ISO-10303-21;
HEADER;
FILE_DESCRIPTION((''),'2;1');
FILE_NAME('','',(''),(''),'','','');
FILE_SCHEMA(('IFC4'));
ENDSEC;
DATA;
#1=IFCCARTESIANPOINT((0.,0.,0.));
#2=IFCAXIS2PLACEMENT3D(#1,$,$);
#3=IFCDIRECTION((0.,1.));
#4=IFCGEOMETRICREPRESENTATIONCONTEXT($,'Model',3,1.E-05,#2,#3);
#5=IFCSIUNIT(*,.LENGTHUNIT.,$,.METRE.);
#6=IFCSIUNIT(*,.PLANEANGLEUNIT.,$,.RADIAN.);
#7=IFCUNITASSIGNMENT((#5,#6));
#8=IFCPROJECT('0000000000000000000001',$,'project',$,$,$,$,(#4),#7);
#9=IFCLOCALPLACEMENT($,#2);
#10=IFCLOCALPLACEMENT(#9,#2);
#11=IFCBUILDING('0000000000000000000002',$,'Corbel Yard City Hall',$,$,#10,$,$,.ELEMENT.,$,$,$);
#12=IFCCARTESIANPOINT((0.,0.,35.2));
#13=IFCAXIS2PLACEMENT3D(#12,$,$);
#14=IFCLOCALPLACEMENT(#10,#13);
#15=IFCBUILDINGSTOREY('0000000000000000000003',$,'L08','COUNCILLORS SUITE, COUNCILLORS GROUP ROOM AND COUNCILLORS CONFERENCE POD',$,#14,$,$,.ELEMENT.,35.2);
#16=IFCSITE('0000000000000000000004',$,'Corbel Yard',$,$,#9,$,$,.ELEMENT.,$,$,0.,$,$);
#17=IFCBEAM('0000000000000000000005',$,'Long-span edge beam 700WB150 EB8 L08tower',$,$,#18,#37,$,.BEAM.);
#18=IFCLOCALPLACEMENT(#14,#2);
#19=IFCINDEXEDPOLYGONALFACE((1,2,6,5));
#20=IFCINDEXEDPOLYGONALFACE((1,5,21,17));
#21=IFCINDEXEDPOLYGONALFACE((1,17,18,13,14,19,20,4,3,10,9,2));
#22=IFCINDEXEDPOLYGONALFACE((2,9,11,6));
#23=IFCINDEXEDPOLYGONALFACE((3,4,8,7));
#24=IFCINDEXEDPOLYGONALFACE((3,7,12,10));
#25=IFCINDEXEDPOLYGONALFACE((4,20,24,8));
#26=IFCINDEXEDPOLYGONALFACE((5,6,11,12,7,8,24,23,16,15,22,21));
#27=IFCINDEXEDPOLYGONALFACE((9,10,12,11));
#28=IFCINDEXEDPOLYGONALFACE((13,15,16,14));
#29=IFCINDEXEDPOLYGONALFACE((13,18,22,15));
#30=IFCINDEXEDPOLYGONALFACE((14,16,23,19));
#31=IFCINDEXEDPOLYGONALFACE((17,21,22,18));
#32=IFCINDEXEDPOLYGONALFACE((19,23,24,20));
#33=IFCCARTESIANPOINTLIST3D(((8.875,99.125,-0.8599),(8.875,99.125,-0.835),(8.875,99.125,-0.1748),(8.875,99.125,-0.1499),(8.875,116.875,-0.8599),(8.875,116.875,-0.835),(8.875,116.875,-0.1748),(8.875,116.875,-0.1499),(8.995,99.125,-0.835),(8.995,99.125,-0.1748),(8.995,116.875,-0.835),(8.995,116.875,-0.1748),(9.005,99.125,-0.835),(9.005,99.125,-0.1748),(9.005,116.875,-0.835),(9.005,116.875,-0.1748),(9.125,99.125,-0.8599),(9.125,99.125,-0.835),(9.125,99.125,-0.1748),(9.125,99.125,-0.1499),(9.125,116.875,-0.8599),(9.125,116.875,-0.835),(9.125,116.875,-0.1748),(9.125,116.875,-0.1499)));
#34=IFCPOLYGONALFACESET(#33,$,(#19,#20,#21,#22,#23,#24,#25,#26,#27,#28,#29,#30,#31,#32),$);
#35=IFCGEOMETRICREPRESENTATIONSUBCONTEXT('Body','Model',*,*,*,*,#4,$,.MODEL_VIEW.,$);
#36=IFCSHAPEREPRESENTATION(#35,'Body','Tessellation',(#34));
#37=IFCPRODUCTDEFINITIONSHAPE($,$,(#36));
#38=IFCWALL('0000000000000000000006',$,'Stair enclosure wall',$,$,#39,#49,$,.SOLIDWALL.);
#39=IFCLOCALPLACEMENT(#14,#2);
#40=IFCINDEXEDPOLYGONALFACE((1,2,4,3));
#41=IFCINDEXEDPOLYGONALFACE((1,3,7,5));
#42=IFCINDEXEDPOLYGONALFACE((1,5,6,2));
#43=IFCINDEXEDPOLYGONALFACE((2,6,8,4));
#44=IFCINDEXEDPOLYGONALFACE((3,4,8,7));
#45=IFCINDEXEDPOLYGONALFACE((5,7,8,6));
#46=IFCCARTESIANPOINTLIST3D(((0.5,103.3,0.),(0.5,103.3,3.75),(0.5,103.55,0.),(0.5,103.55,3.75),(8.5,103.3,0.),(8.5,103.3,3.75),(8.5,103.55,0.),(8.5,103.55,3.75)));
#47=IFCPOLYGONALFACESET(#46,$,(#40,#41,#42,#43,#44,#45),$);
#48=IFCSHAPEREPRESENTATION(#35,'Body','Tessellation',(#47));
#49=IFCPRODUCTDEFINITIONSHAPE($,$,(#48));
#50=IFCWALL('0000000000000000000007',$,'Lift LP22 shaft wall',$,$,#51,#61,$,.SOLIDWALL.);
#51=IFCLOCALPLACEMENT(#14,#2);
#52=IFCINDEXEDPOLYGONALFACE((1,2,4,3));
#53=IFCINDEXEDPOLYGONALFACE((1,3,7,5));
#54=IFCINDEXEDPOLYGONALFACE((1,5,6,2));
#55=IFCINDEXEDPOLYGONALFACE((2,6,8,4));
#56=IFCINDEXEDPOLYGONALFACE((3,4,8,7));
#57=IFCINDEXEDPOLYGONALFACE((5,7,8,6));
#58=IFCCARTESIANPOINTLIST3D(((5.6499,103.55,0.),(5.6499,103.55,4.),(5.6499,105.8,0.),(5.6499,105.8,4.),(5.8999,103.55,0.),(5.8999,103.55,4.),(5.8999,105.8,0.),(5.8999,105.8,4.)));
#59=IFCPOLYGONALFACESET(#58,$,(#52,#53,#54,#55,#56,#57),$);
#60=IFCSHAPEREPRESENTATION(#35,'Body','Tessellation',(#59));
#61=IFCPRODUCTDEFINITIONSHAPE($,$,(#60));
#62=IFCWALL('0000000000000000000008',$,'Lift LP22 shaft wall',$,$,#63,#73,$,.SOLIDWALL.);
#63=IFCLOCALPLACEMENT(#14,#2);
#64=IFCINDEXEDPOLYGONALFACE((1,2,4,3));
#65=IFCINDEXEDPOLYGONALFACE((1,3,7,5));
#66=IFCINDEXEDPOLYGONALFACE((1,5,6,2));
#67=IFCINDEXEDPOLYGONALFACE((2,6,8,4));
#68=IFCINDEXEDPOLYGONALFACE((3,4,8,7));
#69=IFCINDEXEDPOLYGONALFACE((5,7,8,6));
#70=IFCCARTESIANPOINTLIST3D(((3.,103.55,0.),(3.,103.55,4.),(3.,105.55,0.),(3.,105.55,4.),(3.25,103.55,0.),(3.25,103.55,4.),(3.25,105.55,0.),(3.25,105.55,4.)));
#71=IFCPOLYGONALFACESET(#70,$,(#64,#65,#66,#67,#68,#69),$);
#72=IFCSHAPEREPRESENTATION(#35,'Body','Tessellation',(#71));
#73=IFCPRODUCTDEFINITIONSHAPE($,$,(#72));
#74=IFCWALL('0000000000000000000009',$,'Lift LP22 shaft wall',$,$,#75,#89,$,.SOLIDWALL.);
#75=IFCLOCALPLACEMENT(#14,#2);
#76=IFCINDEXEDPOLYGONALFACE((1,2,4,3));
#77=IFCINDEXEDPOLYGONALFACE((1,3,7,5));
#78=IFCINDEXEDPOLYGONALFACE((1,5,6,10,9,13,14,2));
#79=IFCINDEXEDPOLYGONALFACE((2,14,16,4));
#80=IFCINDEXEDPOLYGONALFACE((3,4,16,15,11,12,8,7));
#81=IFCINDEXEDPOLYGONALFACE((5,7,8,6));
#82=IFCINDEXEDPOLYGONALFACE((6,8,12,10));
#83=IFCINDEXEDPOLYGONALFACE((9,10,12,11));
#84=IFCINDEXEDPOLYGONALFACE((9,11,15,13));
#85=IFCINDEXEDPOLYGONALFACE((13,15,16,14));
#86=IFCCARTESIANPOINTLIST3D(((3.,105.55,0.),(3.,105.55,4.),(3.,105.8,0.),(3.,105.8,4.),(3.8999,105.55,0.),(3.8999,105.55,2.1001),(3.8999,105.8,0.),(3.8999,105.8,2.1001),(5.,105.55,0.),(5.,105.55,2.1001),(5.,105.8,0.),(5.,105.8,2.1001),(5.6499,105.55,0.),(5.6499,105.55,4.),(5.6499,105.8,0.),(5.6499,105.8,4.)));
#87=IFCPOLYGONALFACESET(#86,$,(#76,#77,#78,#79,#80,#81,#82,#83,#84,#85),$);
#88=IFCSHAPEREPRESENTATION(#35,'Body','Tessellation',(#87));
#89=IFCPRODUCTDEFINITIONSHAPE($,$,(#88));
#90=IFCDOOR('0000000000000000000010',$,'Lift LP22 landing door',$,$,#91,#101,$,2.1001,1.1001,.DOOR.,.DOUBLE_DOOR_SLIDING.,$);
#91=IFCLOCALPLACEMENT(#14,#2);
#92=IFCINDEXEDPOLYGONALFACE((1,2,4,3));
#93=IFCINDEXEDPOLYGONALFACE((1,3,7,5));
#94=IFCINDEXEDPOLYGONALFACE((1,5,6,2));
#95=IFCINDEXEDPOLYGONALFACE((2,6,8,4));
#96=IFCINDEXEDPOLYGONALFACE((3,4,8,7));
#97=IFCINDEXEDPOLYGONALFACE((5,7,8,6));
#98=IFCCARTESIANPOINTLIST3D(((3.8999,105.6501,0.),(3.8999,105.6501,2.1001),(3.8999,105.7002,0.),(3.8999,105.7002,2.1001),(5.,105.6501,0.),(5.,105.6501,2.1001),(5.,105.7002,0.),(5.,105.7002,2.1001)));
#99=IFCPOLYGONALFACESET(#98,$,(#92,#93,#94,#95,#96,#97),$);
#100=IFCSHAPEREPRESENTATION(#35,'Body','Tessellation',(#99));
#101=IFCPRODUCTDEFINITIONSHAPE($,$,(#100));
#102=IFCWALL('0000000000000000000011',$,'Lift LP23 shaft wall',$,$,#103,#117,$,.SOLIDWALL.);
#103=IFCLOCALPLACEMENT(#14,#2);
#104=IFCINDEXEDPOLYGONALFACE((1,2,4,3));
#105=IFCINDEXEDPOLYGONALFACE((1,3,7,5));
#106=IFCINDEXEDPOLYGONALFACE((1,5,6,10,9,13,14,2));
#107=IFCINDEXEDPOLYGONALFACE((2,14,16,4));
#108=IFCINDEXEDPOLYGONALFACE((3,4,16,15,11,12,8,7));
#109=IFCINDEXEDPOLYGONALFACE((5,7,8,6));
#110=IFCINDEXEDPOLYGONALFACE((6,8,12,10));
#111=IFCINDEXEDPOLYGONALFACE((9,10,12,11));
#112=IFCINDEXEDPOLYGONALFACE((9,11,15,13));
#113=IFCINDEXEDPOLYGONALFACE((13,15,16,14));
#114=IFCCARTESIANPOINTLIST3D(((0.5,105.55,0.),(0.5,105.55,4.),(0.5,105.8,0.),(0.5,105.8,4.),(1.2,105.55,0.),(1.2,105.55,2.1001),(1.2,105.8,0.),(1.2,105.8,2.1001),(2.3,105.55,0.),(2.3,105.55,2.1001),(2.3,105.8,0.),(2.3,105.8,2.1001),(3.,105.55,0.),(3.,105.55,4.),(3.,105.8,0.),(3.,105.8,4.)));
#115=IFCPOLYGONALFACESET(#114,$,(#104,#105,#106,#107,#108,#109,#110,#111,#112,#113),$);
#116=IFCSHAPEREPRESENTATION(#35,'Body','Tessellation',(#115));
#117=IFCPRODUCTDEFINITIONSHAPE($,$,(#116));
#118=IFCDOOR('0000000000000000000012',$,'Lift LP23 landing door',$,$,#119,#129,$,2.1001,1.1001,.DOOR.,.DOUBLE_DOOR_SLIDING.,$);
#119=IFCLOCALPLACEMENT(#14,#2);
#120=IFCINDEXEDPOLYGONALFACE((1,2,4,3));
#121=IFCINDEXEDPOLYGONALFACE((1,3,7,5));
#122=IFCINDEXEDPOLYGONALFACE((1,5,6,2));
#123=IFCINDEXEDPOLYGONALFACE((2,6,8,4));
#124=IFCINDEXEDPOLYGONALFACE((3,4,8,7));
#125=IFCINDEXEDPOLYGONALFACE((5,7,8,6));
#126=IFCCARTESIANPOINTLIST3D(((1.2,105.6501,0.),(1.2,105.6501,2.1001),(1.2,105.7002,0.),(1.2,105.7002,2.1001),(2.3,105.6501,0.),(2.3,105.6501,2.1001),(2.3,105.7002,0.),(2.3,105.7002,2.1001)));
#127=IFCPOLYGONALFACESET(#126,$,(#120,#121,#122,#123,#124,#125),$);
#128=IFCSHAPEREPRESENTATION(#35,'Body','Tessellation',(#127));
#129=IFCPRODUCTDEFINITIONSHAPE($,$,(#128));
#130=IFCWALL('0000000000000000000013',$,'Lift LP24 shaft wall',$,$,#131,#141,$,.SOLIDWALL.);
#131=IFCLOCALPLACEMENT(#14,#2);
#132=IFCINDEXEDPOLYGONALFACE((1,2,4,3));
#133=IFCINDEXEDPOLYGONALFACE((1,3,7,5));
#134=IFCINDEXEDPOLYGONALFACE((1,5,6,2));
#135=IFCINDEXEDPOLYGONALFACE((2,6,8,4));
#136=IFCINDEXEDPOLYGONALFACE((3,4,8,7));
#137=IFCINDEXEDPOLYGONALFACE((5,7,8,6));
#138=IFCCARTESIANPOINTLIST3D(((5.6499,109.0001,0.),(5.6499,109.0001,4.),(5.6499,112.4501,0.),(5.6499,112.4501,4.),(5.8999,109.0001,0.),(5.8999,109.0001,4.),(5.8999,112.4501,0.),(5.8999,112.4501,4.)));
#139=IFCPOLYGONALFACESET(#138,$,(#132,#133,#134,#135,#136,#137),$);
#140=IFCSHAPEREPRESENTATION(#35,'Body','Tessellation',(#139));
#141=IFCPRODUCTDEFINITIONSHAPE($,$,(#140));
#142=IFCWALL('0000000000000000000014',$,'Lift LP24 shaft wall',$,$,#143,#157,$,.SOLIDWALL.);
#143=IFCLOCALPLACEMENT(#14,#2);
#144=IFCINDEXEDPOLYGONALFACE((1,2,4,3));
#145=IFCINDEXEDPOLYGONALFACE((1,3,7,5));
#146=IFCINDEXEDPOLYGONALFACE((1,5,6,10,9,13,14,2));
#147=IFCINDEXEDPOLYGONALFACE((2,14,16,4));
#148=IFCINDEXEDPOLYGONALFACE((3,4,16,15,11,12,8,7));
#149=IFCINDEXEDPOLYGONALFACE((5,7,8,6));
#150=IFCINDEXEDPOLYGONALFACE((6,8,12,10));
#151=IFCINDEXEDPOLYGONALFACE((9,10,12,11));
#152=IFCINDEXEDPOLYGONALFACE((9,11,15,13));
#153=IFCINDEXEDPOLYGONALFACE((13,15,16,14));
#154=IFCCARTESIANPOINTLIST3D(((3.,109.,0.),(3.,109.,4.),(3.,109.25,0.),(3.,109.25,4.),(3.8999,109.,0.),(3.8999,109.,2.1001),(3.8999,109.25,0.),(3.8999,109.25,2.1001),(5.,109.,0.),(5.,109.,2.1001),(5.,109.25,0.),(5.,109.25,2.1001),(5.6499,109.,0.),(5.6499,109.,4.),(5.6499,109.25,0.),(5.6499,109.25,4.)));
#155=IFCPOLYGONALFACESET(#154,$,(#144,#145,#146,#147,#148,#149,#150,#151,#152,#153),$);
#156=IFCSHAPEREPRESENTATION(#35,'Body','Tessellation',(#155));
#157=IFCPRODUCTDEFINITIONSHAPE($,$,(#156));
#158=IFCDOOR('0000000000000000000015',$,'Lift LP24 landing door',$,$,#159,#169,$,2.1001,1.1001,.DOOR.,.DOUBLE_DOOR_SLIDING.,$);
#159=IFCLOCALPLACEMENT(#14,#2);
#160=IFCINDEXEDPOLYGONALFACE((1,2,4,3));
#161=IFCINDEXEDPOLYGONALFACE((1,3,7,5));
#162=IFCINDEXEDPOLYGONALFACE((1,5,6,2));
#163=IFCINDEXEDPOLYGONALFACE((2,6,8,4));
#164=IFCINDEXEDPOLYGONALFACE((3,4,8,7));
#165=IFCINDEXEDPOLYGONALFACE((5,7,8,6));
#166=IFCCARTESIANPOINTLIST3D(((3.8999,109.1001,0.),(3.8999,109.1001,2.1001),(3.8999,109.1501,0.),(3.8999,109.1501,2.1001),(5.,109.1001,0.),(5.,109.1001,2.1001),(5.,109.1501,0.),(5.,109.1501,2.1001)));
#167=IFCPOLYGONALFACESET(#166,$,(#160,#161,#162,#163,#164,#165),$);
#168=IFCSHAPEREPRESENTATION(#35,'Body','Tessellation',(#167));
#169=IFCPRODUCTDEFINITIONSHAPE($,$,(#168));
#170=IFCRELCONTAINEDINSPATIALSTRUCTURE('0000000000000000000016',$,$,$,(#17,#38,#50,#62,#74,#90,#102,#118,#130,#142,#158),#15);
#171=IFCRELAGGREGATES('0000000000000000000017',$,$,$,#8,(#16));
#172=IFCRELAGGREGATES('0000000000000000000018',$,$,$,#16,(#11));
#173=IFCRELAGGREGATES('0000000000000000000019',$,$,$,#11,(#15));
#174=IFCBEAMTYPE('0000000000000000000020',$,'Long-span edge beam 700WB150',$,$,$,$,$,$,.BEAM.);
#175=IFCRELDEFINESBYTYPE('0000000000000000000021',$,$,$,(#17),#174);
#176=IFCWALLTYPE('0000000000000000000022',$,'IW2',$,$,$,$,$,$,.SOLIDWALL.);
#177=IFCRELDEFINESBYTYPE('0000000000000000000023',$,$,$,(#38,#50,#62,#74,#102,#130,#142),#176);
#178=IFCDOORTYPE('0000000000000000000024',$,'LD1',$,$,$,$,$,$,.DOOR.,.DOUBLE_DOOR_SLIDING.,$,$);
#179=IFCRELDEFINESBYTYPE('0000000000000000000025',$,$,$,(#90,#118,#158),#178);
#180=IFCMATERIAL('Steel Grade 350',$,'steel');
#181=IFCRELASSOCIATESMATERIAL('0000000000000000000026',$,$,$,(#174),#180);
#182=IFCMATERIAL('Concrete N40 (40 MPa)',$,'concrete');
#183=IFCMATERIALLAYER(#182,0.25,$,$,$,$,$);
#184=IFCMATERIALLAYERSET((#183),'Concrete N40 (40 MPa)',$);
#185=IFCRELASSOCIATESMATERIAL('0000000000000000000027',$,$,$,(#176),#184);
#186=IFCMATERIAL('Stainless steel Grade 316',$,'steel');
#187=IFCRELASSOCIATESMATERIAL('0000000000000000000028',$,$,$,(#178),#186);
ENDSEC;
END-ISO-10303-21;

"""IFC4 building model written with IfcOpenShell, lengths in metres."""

from ifc_helpers import new_model, si_unit, direction, frame, frame_2d, origin, origin_2d, place, context, subcontext, project, spatial, rectangle, i_section, extrude, material, layer, layer_set, material_profile, profile_set, type_object, element, fill, save


model = new_model("IFC4")

# Units and contexts
model_context = context("Model", 3, precision=1e-05, world=origin(), true_north=direction((0.0, 1.0)))
body_context = subcontext(model_context, "Body", "Model", "MODEL_VIEW")
ifc_project = project(units=[si_unit("LENGTHUNIT", "METRE"), si_unit("PLANEANGLEUNIT", "RADIAN")], contexts=[model_context])

# Site, building, storey
site_placement = place(None, origin())
site = spatial("IfcSite", under=ifc_project, at=site_placement, Name="Corbel Yard", CompositionType="ELEMENT", RefElevation=0.0)
building_placement = place(site_placement, origin())
building = spatial("IfcBuilding", under=site, at=building_placement, Name="Corbel Yard City Hall", CompositionType="ELEMENT")
storey_placement = place(building_placement, frame((0.0, 0.0, 35.2)))
storey = spatial("IfcBuildingStorey", under=building, at=storey_placement, Name="L08", Description="COUNCILLORS SUITE, COUNCILLORS GROUP ROOM AND COUNCILLORS CONFERENCE POD", CompositionType="ELEMENT", Elevation=35.2)

# Beam
ifc_material_1 = material(Name="Steel Grade 350", Category="steel")
ifc_material_profile = material_profile(ifc_material_1, i_section(OverallWidth=0.25, OverallDepth=0.71, WebThickness=0.01, FlangeThickness=0.0249, at=origin_2d()), Name="700WB150")
ifc_profile_set = profile_set([ifc_material_profile], Name="Steel Grade 350")
beam_type = type_object("IfcBeamType", Name="Long-span edge beam 700WB150", PredefinedType="BEAM", material=ifc_profile_set)
beam_placement = place(storey_placement, frame((9.0, 99.125, -0.5049), z_axis=(0.0, 1.0, 0.0), x_axis=(-1.0, 0.0, 0.0)))
element("IfcBeam", 1, at=beam_placement, inside=storey, type_object=beam_type, Name="Long-span edge beam 700WB150 EB8 L08tower", PredefinedType="BEAM", context=body_context, shape_type="SweptSolid", body=[
    extrude(i_section(OverallWidth=0.25, OverallDepth=0.71, WebThickness=0.01, FlangeThickness=0.0249, at=origin_2d()), origin(), (0.0, 0.0, 1.0), 17.75),
])

# Walls
ifc_material_2 = material(Name="Concrete N40 (40 MPa)", Category="concrete")
ifc_layer_1 = layer(ifc_material_2, 0.25)
ifc_layer_set_1 = layer_set([ifc_layer_1], Name="Concrete N40 (40 MPa)")
wall_type_1 = type_object("IfcWallType", Name="IW2", PredefinedType="SOLIDWALL", material=ifc_layer_set_1)
wall_1_placement = place(storey_placement, frame((8.5, 103.425, 0.0), z_axis=(0.0, 0.0, 1.0), x_axis=(-1.0, 0.0, 0.0)))
element("IfcWall", 2, at=wall_1_placement, inside=storey, type_object=wall_type_1, Name="Stair enclosure wall", PredefinedType="SOLIDWALL", context=body_context, shape_type="SweptSolid", body=[
    extrude(rectangle(XDim=8.0, YDim=0.25, at=frame_2d((4.0, 0.0))), origin(), (0.0, 0.0, 1.0), 3.75),
])
wall_2_placement = place(storey_placement, frame((5.7749, 103.55, 0.0), z_axis=(0.0, 0.0, 1.0), x_axis=(0.0, 1.0, 0.0)))
element("IfcWall", 3, at=wall_2_placement, inside=storey, type_object=wall_type_1, Name="Lift LP22 shaft wall", PredefinedType="SOLIDWALL", context=body_context, shape_type="SweptSolid", body=[
    extrude(rectangle(XDim=2.25, YDim=0.25, at=frame_2d((1.125, 0.0))), origin(), (0.0, 0.0, 1.0), 4.0),
])
wall_3_placement = place(storey_placement, frame((3.125, 103.55, 0.0), z_axis=(0.0, 0.0, 1.0), x_axis=(0.0, 1.0, 0.0)))
element("IfcWall", 4, at=wall_3_placement, inside=storey, type_object=wall_type_1, Name="Lift LP22 shaft wall", PredefinedType="SOLIDWALL", context=body_context, shape_type="SweptSolid", body=[
    extrude(rectangle(XDim=2.0, YDim=0.25, at=frame_2d((1.0, 0.0))), origin(), (0.0, 0.0, 1.0), 4.0),
])

# Walls, openings, doors
wall_4_placement = place(storey_placement, frame((5.6499, 105.675, 0.0), z_axis=(0.0, 0.0, 1.0), x_axis=(-1.0, 0.0, 0.0)))
wall_4 = element("IfcWall", 5, at=wall_4_placement, inside=storey, type_object=wall_type_1, Name="Lift LP22 shaft wall", PredefinedType="SOLIDWALL", context=body_context, shape_type="SweptSolid", body=[
    extrude(rectangle(XDim=2.6499, YDim=0.25, at=frame_2d((1.325, 0.0))), origin(), (0.0, 0.0, 1.0), 4.0),
])
opening_1_placement = place(wall_4_placement, frame((0.6499, 0.0, 0.0)))
opening_1 = element("IfcOpeningElement", 6, at=opening_1_placement, cuts=wall_4, PredefinedType="OPENING", context=body_context, shape_type="SweptSolid", body=[
    extrude(rectangle(XDim=1.1001, YDim=2.1001, at=frame_2d((0.55, 1.05))), frame((0.0, 0.135, 0.0), z_axis=(0.0, -1.0, 0.0), x_axis=(1.0, 0.0, 0.0)), (0.0, 0.0, 1.0), 0.27),
])
ifc_material_3 = material(Name="Stainless steel Grade 316", Category="steel")
door_type_1 = type_object("IfcDoorType", Name="LD1", OperationType="DOUBLE_DOOR_SLIDING", PredefinedType="DOOR", material=ifc_material_3)
door_1_placement = place(opening_1_placement, origin())
door_1 = element("IfcDoor", 7, at=door_1_placement, inside=storey, type_object=door_type_1, Name="Lift LP22 landing door", OperationType="DOUBLE_DOOR_SLIDING", OverallHeight=2.1001, OverallWidth=1.1001, PredefinedType="DOOR", context=body_context, shape_type="SweptSolid", body=[
    extrude(rectangle(XDim=1.1001, YDim=2.1001, at=frame_2d((0.55, 1.05))), frame((0.0, 0.0249, 0.0), z_axis=(0.0, -1.0, 0.0), x_axis=(1.0, 0.0, 0.0)), (0.0, 0.0, 1.0), 0.05),
])
fill(opening_1, door_1)
wall_5_placement = place(storey_placement, frame((3.0, 105.675, 0.0), z_axis=(0.0, 0.0, 1.0), x_axis=(-1.0, 0.0, 0.0)))
wall_5 = element("IfcWall", 8, at=wall_5_placement, inside=storey, type_object=wall_type_1, Name="Lift LP23 shaft wall", PredefinedType="SOLIDWALL", context=body_context, shape_type="SweptSolid", body=[
    extrude(rectangle(XDim=2.5, YDim=0.25, at=frame_2d((1.25, 0.0))), origin(), (0.0, 0.0, 1.0), 4.0),
])
opening_2_placement = place(wall_5_placement, frame((0.7, 0.0, 0.0)))
opening_2 = element("IfcOpeningElement", 9, at=opening_2_placement, cuts=wall_5, PredefinedType="OPENING", context=body_context, shape_type="SweptSolid", body=[
    extrude(rectangle(XDim=1.1001, YDim=2.1001, at=frame_2d((0.55, 1.05))), frame((0.0, 0.135, 0.0), z_axis=(0.0, -1.0, 0.0), x_axis=(1.0, 0.0, 0.0)), (0.0, 0.0, 1.0), 0.27),
])
door_2_placement = place(opening_2_placement, origin())
door_2 = element("IfcDoor", 10, at=door_2_placement, inside=storey, type_object=door_type_1, Name="Lift LP23 landing door", OperationType="DOUBLE_DOOR_SLIDING", OverallHeight=2.1001, OverallWidth=1.1001, PredefinedType="DOOR", context=body_context, shape_type="SweptSolid", body=[
    extrude(rectangle(XDim=1.1001, YDim=2.1001, at=frame_2d((0.55, 1.05))), frame((0.0, 0.0249, 0.0), z_axis=(0.0, -1.0, 0.0), x_axis=(1.0, 0.0, 0.0)), (0.0, 0.0, 1.0), 0.05),
])
fill(opening_2, door_2)

# Wall
wall_6_placement = place(storey_placement, frame((5.7749, 109.0, 0.0), z_axis=(0.0, 0.0, 1.0), x_axis=(0.0, 1.0, 0.0)))
element("IfcWall", 11, at=wall_6_placement, inside=storey, type_object=wall_type_1, Name="Lift LP24 shaft wall", PredefinedType="SOLIDWALL", context=body_context, shape_type="SweptSolid", body=[
    extrude(rectangle(XDim=3.45, YDim=0.25, at=frame_2d((1.7251, 0.0))), origin(), (0.0, 0.0, 1.0), 4.0),
])

# Wall, opening, door
wall_7_placement = place(storey_placement, frame((5.6499, 109.125, 0.0), z_axis=(0.0, 0.0, 1.0), x_axis=(-1.0, 0.0, 0.0)))
wall_7 = element("IfcWall", 12, at=wall_7_placement, inside=storey, type_object=wall_type_1, Name="Lift LP24 shaft wall", PredefinedType="SOLIDWALL", context=body_context, shape_type="SweptSolid", body=[
    extrude(rectangle(XDim=2.6499, YDim=0.25, at=frame_2d((1.325, 0.0))), origin(), (0.0, 0.0, 1.0), 4.0),
])
opening_3_placement = place(wall_7_placement, frame((0.6499, 0.0, 0.0)))
opening_3 = element("IfcOpeningElement", 13, at=opening_3_placement, cuts=wall_7, PredefinedType="OPENING", context=body_context, shape_type="SweptSolid", body=[
    extrude(rectangle(XDim=1.1001, YDim=2.1001, at=frame_2d((0.55, 1.05))), frame((0.0, 0.135, 0.0), z_axis=(0.0, -1.0, 0.0), x_axis=(1.0, 0.0, 0.0)), (0.0, 0.0, 1.0), 0.27),
])
door_3_placement = place(opening_3_placement, origin())
door_3 = element("IfcDoor", 14, at=door_3_placement, inside=storey, type_object=door_type_1, Name="Lift LP24 landing door", OperationType="DOUBLE_DOOR_SLIDING", OverallHeight=2.1001, OverallWidth=1.1001, PredefinedType="DOOR", context=body_context, shape_type="SweptSolid", body=[
    extrude(rectangle(XDim=1.1001, YDim=2.1001, at=frame_2d((0.55, 1.05))), frame((0.0, 0.0249, 0.0), z_axis=(0.0, -1.0, 0.0), x_axis=(1.0, 0.0, 0.0)), (0.0, 0.0, 1.0), 0.05),
])
fill(opening_3, door_3)

save(model, "model.ifc")
